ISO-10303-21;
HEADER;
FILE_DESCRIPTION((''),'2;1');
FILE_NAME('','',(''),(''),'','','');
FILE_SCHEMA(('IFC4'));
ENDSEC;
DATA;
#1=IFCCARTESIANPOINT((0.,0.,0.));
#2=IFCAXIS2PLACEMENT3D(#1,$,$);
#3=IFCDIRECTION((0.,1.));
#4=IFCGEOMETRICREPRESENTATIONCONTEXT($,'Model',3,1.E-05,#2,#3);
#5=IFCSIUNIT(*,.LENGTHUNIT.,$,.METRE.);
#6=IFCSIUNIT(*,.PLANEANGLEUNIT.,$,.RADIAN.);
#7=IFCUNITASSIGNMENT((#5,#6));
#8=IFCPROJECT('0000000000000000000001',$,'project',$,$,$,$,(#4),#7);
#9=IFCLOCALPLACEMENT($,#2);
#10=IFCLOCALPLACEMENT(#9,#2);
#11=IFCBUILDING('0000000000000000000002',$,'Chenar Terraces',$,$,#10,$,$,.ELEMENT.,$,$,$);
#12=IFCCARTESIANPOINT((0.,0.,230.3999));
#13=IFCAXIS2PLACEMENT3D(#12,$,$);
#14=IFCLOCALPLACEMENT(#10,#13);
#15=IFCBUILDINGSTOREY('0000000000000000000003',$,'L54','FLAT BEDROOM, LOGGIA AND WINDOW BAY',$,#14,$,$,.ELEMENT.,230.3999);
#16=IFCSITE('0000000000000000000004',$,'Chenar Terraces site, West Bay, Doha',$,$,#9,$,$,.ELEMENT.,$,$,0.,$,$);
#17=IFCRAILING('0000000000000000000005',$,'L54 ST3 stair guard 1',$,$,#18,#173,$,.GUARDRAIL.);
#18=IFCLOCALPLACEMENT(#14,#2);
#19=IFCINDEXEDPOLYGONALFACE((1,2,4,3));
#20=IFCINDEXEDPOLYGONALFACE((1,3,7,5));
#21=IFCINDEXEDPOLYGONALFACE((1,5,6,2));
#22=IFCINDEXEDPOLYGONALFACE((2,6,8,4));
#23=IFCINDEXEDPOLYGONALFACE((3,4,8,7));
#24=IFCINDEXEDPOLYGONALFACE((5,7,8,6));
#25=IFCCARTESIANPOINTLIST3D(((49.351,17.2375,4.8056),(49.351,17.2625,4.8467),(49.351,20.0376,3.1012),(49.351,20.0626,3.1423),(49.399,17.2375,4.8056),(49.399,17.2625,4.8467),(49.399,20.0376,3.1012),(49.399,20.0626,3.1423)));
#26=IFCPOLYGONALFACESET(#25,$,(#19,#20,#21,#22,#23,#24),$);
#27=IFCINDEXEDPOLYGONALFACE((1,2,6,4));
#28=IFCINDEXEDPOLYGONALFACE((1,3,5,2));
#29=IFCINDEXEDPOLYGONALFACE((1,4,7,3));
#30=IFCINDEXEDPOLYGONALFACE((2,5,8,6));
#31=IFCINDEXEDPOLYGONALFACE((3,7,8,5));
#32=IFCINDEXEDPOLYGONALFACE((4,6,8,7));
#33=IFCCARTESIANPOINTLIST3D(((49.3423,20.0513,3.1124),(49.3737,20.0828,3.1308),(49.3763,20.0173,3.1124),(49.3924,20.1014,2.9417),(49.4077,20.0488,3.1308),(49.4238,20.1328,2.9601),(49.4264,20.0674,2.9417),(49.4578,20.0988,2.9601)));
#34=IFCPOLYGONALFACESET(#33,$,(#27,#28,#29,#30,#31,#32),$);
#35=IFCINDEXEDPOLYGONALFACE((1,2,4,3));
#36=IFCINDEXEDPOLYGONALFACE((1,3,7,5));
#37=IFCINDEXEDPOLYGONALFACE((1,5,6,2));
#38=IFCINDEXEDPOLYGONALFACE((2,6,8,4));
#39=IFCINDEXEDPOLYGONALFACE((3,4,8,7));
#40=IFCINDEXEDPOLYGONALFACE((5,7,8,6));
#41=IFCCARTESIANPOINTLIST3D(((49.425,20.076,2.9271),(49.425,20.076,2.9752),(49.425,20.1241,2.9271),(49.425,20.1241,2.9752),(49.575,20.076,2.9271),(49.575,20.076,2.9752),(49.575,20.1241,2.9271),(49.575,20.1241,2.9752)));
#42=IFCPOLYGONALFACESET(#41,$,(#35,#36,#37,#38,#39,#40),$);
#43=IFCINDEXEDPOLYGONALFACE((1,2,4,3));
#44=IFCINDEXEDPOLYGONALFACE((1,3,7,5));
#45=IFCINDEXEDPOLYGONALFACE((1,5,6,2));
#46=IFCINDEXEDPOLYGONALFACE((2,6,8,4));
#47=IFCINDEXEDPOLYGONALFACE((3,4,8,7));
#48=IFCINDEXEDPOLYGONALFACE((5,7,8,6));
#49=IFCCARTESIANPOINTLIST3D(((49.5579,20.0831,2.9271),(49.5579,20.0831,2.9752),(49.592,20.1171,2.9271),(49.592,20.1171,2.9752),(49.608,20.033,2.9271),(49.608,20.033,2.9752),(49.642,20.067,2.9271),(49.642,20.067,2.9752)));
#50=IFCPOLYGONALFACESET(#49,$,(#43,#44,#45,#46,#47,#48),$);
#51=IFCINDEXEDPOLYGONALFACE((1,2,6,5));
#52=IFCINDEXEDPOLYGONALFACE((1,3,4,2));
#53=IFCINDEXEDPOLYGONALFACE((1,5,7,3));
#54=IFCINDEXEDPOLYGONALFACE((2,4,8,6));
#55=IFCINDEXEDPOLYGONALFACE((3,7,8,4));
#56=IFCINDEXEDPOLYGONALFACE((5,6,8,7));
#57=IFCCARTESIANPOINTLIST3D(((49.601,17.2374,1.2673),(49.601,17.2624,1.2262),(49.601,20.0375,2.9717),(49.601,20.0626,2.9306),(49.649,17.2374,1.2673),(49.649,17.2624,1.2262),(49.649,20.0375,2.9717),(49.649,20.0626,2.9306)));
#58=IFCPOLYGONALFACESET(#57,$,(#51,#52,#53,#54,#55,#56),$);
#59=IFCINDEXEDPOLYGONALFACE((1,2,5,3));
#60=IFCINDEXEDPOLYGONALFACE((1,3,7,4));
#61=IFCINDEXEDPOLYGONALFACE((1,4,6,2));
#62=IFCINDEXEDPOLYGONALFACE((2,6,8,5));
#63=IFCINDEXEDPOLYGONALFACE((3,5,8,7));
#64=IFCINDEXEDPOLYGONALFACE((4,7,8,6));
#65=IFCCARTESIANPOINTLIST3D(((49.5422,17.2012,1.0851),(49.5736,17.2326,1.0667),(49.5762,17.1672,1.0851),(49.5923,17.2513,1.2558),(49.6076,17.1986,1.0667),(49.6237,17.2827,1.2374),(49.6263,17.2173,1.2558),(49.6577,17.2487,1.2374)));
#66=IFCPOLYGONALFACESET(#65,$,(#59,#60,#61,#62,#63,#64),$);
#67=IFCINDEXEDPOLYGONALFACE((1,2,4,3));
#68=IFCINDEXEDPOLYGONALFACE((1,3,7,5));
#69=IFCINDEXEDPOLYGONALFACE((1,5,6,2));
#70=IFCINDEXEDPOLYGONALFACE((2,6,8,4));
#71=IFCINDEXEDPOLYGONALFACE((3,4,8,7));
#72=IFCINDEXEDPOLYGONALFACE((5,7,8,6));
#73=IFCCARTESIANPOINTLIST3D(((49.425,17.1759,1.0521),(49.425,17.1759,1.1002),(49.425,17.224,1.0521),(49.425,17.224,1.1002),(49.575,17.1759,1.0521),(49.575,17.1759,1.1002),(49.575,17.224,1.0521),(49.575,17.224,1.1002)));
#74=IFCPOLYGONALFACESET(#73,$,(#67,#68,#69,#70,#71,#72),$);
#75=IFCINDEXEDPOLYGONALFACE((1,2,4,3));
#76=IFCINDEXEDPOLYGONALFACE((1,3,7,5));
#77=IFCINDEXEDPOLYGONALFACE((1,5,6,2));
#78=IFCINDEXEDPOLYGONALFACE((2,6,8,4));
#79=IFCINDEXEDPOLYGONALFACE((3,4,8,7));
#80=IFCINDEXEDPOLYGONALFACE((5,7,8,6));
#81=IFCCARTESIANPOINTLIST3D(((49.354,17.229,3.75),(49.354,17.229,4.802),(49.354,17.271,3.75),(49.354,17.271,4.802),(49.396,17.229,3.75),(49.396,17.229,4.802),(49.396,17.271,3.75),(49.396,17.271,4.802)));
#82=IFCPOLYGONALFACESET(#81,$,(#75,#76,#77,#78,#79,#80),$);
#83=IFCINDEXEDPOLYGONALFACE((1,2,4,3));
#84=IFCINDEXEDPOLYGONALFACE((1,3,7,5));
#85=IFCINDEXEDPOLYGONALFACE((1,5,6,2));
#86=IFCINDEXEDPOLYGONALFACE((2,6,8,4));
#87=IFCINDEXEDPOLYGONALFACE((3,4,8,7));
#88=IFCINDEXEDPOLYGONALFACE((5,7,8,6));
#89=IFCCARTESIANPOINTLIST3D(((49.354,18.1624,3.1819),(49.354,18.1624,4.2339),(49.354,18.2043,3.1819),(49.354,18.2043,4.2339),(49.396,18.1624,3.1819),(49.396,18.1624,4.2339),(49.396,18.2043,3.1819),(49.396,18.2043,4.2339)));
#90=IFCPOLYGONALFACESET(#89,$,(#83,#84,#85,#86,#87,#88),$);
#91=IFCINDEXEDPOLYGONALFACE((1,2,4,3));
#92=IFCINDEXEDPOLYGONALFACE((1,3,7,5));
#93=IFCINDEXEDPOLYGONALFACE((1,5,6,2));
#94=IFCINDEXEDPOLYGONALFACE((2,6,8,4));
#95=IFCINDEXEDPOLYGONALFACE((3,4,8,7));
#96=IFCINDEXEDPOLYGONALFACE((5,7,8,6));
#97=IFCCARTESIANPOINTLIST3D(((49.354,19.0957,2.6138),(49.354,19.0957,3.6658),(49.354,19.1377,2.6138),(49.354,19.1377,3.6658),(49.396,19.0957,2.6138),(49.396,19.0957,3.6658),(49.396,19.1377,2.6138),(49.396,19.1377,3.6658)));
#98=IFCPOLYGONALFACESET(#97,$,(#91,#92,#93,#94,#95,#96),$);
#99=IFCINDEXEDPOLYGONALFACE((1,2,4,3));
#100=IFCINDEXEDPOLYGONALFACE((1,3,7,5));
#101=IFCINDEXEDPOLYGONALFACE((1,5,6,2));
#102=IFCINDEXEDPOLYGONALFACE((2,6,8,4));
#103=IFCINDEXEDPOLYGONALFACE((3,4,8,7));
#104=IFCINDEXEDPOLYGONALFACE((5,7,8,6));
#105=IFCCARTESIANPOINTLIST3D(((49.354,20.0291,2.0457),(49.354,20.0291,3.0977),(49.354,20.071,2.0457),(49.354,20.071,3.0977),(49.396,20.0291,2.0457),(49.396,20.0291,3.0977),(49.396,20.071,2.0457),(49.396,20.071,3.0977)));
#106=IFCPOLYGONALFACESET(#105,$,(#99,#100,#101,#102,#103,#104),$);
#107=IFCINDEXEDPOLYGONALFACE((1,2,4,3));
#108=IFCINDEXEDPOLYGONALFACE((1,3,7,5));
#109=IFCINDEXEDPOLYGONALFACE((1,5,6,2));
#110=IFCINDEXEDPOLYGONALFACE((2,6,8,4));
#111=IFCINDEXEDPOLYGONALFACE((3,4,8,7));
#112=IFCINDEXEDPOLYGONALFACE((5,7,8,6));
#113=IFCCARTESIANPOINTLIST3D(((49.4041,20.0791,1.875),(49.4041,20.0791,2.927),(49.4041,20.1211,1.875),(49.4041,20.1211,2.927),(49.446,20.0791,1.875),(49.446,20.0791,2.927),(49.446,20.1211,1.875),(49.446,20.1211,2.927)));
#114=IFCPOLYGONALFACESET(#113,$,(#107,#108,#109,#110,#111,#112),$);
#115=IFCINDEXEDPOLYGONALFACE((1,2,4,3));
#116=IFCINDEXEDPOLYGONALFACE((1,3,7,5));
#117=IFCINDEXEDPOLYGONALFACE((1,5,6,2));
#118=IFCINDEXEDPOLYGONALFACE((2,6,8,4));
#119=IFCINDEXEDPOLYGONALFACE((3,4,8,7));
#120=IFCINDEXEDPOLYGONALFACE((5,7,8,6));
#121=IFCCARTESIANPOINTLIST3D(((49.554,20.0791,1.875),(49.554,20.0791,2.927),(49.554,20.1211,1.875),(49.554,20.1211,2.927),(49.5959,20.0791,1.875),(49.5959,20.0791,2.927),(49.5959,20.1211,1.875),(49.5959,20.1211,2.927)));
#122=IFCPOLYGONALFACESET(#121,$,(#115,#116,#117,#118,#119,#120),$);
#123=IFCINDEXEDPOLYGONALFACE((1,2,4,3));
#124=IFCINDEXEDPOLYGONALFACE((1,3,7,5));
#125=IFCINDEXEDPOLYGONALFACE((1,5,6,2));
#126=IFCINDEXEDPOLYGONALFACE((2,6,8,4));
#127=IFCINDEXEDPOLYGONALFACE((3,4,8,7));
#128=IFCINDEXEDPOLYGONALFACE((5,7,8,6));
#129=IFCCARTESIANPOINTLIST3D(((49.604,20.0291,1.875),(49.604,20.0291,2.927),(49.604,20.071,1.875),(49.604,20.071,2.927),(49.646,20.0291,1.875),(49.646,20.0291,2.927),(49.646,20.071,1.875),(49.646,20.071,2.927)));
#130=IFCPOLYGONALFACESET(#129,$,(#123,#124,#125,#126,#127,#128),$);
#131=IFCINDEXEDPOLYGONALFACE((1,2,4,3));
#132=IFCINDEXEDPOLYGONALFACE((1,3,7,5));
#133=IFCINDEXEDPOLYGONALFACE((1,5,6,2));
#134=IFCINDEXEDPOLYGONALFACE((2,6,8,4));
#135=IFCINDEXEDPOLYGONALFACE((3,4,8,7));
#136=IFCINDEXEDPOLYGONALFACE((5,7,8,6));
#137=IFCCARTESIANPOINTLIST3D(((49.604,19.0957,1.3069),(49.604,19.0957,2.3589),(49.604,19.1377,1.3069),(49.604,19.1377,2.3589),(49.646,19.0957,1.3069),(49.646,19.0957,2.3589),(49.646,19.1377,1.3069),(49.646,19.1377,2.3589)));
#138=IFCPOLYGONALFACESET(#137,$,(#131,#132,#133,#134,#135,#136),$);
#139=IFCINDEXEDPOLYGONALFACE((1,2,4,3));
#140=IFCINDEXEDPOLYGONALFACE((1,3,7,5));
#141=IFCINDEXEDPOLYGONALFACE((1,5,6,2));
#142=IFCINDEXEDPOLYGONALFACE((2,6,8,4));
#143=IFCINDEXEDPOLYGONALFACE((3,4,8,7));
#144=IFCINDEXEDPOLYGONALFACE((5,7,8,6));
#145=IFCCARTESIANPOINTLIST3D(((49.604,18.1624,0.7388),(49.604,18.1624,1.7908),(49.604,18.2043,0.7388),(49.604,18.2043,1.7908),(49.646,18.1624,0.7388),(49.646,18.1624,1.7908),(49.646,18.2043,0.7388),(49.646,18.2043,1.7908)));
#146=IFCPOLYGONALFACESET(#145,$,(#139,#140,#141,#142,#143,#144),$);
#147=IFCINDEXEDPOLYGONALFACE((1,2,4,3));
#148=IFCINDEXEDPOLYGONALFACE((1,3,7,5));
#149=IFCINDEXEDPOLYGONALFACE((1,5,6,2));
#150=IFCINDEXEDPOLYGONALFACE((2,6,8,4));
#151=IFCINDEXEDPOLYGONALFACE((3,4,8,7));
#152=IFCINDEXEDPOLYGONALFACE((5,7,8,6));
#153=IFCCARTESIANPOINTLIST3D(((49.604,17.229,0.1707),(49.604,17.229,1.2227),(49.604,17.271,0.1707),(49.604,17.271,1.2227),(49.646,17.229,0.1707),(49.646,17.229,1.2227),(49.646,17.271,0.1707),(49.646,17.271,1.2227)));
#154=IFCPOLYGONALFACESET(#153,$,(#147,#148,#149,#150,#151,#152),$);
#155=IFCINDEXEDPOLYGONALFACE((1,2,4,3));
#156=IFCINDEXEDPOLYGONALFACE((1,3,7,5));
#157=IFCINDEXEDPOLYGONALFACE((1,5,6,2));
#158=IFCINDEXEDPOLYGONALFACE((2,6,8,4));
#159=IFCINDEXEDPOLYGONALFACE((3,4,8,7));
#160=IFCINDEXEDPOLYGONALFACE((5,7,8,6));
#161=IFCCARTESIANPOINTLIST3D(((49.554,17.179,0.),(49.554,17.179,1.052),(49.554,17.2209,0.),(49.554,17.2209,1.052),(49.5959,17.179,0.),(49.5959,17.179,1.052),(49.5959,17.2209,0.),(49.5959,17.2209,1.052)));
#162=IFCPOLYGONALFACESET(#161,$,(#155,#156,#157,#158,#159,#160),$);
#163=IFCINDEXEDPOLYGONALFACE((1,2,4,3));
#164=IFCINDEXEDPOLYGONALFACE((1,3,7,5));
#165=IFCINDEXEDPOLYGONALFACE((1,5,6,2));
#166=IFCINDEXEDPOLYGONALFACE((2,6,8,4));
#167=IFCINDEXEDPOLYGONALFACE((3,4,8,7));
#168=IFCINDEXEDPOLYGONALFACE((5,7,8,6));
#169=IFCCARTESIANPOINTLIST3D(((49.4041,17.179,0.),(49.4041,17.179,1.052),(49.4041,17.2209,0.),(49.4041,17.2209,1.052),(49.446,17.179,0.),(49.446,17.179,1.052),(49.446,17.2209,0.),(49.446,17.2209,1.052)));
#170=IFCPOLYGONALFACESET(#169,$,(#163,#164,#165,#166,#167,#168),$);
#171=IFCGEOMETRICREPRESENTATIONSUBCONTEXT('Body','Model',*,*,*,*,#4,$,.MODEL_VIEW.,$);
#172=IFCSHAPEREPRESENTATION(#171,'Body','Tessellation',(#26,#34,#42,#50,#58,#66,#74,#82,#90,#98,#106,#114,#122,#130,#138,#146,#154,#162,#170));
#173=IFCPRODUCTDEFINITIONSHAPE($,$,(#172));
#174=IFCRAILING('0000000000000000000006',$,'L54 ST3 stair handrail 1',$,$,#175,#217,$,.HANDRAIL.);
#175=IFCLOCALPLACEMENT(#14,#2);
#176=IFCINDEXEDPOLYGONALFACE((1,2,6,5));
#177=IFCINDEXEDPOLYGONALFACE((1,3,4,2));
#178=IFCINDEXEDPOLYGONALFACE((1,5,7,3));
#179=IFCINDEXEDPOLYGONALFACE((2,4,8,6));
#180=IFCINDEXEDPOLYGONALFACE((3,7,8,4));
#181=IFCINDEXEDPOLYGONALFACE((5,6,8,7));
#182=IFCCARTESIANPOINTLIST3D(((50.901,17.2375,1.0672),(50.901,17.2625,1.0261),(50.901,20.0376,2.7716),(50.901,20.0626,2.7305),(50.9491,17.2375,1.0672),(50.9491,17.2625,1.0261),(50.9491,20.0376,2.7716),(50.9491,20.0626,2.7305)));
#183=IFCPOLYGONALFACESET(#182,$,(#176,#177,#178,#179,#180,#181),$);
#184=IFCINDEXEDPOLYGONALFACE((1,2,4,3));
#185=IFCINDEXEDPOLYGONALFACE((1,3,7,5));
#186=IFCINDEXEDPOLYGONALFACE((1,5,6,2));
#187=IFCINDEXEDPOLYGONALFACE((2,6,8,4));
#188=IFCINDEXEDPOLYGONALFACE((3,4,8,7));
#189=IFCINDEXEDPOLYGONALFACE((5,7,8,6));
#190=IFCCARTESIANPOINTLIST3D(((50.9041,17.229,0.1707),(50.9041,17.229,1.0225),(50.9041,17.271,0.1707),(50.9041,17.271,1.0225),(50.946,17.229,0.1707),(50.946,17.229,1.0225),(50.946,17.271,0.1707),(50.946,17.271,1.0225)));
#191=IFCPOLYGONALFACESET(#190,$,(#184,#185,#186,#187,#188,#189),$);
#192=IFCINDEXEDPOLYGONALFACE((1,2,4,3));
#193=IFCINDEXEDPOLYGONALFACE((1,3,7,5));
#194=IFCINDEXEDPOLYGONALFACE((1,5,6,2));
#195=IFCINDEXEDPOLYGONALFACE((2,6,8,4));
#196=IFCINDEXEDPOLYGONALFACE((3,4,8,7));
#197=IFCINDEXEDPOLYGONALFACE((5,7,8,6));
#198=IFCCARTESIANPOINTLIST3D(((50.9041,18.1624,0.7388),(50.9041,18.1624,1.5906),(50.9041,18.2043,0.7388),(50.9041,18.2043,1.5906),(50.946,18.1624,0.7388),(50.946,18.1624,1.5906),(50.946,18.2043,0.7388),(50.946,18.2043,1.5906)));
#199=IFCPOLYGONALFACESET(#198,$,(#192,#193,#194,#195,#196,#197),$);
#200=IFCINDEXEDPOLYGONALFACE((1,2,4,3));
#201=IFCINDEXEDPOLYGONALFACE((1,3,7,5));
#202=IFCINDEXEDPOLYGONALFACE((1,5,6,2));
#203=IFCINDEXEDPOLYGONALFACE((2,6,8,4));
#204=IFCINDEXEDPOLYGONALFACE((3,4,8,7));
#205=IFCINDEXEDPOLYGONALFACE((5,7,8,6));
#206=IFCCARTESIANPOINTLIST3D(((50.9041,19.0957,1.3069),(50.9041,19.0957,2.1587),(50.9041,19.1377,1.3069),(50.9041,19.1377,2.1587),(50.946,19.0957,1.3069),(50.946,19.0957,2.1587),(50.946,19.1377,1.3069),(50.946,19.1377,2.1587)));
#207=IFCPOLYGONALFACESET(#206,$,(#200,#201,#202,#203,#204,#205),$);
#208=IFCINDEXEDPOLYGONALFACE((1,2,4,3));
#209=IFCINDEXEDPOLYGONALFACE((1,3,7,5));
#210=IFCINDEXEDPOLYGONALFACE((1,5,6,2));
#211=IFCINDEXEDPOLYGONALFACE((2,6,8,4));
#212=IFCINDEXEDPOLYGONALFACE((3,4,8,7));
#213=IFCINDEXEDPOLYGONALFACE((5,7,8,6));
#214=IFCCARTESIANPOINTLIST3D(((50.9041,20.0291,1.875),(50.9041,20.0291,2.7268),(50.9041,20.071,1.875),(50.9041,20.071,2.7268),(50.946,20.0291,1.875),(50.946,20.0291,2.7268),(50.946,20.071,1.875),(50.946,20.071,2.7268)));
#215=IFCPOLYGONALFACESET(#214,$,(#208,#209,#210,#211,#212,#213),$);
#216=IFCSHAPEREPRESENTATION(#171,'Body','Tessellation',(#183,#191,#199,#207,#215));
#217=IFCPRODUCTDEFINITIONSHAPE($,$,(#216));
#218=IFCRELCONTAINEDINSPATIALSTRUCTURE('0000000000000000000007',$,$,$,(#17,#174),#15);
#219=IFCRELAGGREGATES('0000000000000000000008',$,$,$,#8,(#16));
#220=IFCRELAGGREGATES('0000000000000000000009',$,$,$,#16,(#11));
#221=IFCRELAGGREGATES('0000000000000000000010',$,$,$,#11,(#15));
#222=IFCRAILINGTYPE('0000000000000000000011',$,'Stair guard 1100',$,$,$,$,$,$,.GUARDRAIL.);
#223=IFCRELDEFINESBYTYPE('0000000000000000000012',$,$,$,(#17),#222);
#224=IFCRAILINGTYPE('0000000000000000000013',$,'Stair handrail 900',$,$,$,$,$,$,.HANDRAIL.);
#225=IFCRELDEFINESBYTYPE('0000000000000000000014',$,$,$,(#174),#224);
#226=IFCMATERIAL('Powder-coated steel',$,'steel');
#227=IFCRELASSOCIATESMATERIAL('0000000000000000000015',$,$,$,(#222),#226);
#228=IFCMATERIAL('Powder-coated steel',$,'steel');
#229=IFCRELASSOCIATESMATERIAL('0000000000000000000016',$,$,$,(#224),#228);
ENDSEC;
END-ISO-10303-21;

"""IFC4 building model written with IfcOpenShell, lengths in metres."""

from ifc_helpers import new_model, si_unit, direction, frame, origin, origin_2d, place, context, subcontext, project, spatial, rectangle, extrude, material, type_object, element, save


model = new_model("IFC4")

# Units and contexts
model_context = context("Model", 3, precision=1e-05, world=origin(), true_north=direction((0.0, 1.0)))
body_context = subcontext(model_context, "Body", "Model", "MODEL_VIEW")
ifc_project = project(units=[si_unit("LENGTHUNIT", "METRE"), si_unit("PLANEANGLEUNIT", "RADIAN")], contexts=[model_context])

# Site, building, storey
site_placement = place(None, origin())
site = spatial("IfcSite", under=ifc_project, at=site_placement, Name="Chenar Terraces site, West Bay, Doha", CompositionType="ELEMENT", RefElevation=0.0)
building_placement = place(site_placement, origin())
building = spatial("IfcBuilding", under=site, at=building_placement, Name="Chenar Terraces", CompositionType="ELEMENT")
storey_placement = place(building_placement, frame((0.0, 0.0, 230.3999)))
storey = spatial("IfcBuildingStorey", under=building, at=storey_placement, Name="L54", Description="FLAT BEDROOM, LOGGIA AND WINDOW BAY", CompositionType="ELEMENT", Elevation=230.3999)

# Railings
ifc_material_1 = material(Name="Powder-coated steel", Category="steel")
railing_type_1 = type_object("IfcRailingType", Name="Stair guard 1100", PredefinedType="GUARDRAIL", material=ifc_material_1)
railing_1_placement = place(storey_placement, frame((49.375, 17.25, 3.75)))
element("IfcRailing", 1, at=railing_1_placement, inside=storey, type_object=railing_type_1, Name="L54 ST3 stair guard 1", PredefinedType="GUARDRAIL", context=body_context, shape_type="SweptSolid", body=[
    extrude(rectangle(XDim=0.0481, YDim=0.0481, at=origin_2d()), frame((0.0, 0.0, 1.0762), z_axis=(0.0, 0.854203, -0.51994), x_axis=(-1.0, 0.0, 0.0)), (0.0, 0.0, 1.0), 3.2781),
    extrude(rectangle(XDim=0.0481, YDim=0.0481, at=origin_2d()), frame((0.0, 2.8, -0.6284), z_axis=(0.2709, 0.2709, -0.923703), x_axis=(-0.707107, 0.707107, 0.0)), (0.0, 0.0, 1.0), 0.1848),
    extrude(rectangle(XDim=0.0481, YDim=0.0481, at=origin_2d()), frame((0.05, 2.8501, -0.7988), z_axis=(1.0, 0.0, 0.0), x_axis=(0.0, 1.0, 0.0)), (0.0, 0.0, 1.0), 0.1499),
    extrude(rectangle(XDim=0.0481, YDim=0.0481, at=origin_2d()), frame((0.2, 2.8501, -0.7988), z_axis=(0.707107, -0.707107, 0.0), x_axis=(0.707107, 0.707107, 0.0)), (0.0, 0.0, 1.0), 0.0708),
    extrude(rectangle(XDim=0.0481, YDim=0.0481, at=origin_2d()), frame((0.25, 2.8, -0.7988), z_axis=(0.0, -0.854203, -0.51994), x_axis=(1.0, 0.0, 0.0)), (0.0, 0.0, 1.0), 3.2781),
    extrude(rectangle(XDim=0.0481, YDim=0.0481, at=origin_2d()), frame((0.25, 0.0, -2.5034), z_axis=(-0.2709, -0.2709, -0.923703), x_axis=(0.707107, -0.707107, 0.0)), (0.0, 0.0, 1.0), 0.1848),
    extrude(rectangle(XDim=0.0481, YDim=0.0481, at=origin_2d()), frame((0.2, -0.05, -2.6738), z_axis=(-1.0, 0.0, 0.0), x_axis=(0.0, -1.0, 0.0)), (0.0, 0.0, 1.0), 0.1499),
    extrude(rectangle(XDim=0.042, YDim=0.042, at=origin_2d()), origin(), (0.0, 0.0, 1.0), 1.052),
    extrude(rectangle(XDim=0.042, YDim=0.042, at=origin_2d()), frame((0.0, 0.9333, -0.5681)), (0.0, 0.0, 1.0), 1.052),
    extrude(rectangle(XDim=0.042, YDim=0.042, at=origin_2d()), frame((0.0, 1.8667, -1.1362)), (0.0, 0.0, 1.0), 1.052),
    extrude(rectangle(XDim=0.042, YDim=0.042, at=origin_2d()), frame((0.0, 2.8, -1.7043)), (0.0, 0.0, 1.0), 1.052),
    extrude(rectangle(XDim=0.042, YDim=0.042, at=origin_2d()), frame((0.05, 2.8501, -1.875)), (0.0, 0.0, 1.0), 1.052),
    extrude(rectangle(XDim=0.042, YDim=0.042, at=origin_2d()), frame((0.2, 2.8501, -1.875)), (0.0, 0.0, 1.0), 1.052),
    extrude(rectangle(XDim=0.042, YDim=0.042, at=origin_2d()), frame((0.25, 2.8, -1.875)), (0.0, 0.0, 1.0), 1.052),
    extrude(rectangle(XDim=0.042, YDim=0.042, at=origin_2d()), frame((0.25, 1.8667, -2.4431)), (0.0, 0.0, 1.0), 1.052),
    extrude(rectangle(XDim=0.042, YDim=0.042, at=origin_2d()), frame((0.25, 0.9333, -3.0112)), (0.0, 0.0, 1.0), 1.052),
    extrude(rectangle(XDim=0.042, YDim=0.042, at=origin_2d()), frame((0.25, 0.0, -3.5793)), (0.0, 0.0, 1.0), 1.052),
    extrude(rectangle(XDim=0.042, YDim=0.042, at=origin_2d()), frame((0.2, -0.05, -3.75)), (0.0, 0.0, 1.0), 1.052),
    extrude(rectangle(XDim=0.042, YDim=0.042, at=origin_2d()), frame((0.05, -0.05, -3.75)), (0.0, 0.0, 1.0), 1.052),
])
ifc_material_2 = material(Name="Powder-coated steel", Category="steel")
railing_type_2 = type_object("IfcRailingType", Name="Stair handrail 900", PredefinedType="HANDRAIL", material=ifc_material_2)
railing_2_placement = place(storey_placement, frame((50.925, 17.25, 0.1707)))
element("IfcRailing", 2, at=railing_2_placement, inside=storey, type_object=railing_type_2, Name="L54 ST3 stair handrail 1", PredefinedType="HANDRAIL", context=body_context, shape_type="SweptSolid", body=[
    extrude(rectangle(XDim=0.0481, YDim=0.0481, at=origin_2d()), frame((0.0, 0.0, 0.876), z_axis=(0.0, 0.854203, 0.51994), x_axis=(-1.0, 0.0, 0.0)), (0.0, 0.0, 1.0), 3.2781),
    extrude(rectangle(XDim=0.042, YDim=0.042, at=origin_2d()), origin(), (0.0, 0.0, 1.0), 0.8518),
    extrude(rectangle(XDim=0.042, YDim=0.042, at=origin_2d()), frame((0.0, 0.9333, 0.5681)), (0.0, 0.0, 1.0), 0.8518),
    extrude(rectangle(XDim=0.042, YDim=0.042, at=origin_2d()), frame((0.0, 1.8667, 1.1362)), (0.0, 0.0, 1.0), 0.8518),
    extrude(rectangle(XDim=0.042, YDim=0.042, at=origin_2d()), frame((0.0, 2.8, 1.7043)), (0.0, 0.0, 1.0), 0.8518),
])

save(model, "model.ifc")
